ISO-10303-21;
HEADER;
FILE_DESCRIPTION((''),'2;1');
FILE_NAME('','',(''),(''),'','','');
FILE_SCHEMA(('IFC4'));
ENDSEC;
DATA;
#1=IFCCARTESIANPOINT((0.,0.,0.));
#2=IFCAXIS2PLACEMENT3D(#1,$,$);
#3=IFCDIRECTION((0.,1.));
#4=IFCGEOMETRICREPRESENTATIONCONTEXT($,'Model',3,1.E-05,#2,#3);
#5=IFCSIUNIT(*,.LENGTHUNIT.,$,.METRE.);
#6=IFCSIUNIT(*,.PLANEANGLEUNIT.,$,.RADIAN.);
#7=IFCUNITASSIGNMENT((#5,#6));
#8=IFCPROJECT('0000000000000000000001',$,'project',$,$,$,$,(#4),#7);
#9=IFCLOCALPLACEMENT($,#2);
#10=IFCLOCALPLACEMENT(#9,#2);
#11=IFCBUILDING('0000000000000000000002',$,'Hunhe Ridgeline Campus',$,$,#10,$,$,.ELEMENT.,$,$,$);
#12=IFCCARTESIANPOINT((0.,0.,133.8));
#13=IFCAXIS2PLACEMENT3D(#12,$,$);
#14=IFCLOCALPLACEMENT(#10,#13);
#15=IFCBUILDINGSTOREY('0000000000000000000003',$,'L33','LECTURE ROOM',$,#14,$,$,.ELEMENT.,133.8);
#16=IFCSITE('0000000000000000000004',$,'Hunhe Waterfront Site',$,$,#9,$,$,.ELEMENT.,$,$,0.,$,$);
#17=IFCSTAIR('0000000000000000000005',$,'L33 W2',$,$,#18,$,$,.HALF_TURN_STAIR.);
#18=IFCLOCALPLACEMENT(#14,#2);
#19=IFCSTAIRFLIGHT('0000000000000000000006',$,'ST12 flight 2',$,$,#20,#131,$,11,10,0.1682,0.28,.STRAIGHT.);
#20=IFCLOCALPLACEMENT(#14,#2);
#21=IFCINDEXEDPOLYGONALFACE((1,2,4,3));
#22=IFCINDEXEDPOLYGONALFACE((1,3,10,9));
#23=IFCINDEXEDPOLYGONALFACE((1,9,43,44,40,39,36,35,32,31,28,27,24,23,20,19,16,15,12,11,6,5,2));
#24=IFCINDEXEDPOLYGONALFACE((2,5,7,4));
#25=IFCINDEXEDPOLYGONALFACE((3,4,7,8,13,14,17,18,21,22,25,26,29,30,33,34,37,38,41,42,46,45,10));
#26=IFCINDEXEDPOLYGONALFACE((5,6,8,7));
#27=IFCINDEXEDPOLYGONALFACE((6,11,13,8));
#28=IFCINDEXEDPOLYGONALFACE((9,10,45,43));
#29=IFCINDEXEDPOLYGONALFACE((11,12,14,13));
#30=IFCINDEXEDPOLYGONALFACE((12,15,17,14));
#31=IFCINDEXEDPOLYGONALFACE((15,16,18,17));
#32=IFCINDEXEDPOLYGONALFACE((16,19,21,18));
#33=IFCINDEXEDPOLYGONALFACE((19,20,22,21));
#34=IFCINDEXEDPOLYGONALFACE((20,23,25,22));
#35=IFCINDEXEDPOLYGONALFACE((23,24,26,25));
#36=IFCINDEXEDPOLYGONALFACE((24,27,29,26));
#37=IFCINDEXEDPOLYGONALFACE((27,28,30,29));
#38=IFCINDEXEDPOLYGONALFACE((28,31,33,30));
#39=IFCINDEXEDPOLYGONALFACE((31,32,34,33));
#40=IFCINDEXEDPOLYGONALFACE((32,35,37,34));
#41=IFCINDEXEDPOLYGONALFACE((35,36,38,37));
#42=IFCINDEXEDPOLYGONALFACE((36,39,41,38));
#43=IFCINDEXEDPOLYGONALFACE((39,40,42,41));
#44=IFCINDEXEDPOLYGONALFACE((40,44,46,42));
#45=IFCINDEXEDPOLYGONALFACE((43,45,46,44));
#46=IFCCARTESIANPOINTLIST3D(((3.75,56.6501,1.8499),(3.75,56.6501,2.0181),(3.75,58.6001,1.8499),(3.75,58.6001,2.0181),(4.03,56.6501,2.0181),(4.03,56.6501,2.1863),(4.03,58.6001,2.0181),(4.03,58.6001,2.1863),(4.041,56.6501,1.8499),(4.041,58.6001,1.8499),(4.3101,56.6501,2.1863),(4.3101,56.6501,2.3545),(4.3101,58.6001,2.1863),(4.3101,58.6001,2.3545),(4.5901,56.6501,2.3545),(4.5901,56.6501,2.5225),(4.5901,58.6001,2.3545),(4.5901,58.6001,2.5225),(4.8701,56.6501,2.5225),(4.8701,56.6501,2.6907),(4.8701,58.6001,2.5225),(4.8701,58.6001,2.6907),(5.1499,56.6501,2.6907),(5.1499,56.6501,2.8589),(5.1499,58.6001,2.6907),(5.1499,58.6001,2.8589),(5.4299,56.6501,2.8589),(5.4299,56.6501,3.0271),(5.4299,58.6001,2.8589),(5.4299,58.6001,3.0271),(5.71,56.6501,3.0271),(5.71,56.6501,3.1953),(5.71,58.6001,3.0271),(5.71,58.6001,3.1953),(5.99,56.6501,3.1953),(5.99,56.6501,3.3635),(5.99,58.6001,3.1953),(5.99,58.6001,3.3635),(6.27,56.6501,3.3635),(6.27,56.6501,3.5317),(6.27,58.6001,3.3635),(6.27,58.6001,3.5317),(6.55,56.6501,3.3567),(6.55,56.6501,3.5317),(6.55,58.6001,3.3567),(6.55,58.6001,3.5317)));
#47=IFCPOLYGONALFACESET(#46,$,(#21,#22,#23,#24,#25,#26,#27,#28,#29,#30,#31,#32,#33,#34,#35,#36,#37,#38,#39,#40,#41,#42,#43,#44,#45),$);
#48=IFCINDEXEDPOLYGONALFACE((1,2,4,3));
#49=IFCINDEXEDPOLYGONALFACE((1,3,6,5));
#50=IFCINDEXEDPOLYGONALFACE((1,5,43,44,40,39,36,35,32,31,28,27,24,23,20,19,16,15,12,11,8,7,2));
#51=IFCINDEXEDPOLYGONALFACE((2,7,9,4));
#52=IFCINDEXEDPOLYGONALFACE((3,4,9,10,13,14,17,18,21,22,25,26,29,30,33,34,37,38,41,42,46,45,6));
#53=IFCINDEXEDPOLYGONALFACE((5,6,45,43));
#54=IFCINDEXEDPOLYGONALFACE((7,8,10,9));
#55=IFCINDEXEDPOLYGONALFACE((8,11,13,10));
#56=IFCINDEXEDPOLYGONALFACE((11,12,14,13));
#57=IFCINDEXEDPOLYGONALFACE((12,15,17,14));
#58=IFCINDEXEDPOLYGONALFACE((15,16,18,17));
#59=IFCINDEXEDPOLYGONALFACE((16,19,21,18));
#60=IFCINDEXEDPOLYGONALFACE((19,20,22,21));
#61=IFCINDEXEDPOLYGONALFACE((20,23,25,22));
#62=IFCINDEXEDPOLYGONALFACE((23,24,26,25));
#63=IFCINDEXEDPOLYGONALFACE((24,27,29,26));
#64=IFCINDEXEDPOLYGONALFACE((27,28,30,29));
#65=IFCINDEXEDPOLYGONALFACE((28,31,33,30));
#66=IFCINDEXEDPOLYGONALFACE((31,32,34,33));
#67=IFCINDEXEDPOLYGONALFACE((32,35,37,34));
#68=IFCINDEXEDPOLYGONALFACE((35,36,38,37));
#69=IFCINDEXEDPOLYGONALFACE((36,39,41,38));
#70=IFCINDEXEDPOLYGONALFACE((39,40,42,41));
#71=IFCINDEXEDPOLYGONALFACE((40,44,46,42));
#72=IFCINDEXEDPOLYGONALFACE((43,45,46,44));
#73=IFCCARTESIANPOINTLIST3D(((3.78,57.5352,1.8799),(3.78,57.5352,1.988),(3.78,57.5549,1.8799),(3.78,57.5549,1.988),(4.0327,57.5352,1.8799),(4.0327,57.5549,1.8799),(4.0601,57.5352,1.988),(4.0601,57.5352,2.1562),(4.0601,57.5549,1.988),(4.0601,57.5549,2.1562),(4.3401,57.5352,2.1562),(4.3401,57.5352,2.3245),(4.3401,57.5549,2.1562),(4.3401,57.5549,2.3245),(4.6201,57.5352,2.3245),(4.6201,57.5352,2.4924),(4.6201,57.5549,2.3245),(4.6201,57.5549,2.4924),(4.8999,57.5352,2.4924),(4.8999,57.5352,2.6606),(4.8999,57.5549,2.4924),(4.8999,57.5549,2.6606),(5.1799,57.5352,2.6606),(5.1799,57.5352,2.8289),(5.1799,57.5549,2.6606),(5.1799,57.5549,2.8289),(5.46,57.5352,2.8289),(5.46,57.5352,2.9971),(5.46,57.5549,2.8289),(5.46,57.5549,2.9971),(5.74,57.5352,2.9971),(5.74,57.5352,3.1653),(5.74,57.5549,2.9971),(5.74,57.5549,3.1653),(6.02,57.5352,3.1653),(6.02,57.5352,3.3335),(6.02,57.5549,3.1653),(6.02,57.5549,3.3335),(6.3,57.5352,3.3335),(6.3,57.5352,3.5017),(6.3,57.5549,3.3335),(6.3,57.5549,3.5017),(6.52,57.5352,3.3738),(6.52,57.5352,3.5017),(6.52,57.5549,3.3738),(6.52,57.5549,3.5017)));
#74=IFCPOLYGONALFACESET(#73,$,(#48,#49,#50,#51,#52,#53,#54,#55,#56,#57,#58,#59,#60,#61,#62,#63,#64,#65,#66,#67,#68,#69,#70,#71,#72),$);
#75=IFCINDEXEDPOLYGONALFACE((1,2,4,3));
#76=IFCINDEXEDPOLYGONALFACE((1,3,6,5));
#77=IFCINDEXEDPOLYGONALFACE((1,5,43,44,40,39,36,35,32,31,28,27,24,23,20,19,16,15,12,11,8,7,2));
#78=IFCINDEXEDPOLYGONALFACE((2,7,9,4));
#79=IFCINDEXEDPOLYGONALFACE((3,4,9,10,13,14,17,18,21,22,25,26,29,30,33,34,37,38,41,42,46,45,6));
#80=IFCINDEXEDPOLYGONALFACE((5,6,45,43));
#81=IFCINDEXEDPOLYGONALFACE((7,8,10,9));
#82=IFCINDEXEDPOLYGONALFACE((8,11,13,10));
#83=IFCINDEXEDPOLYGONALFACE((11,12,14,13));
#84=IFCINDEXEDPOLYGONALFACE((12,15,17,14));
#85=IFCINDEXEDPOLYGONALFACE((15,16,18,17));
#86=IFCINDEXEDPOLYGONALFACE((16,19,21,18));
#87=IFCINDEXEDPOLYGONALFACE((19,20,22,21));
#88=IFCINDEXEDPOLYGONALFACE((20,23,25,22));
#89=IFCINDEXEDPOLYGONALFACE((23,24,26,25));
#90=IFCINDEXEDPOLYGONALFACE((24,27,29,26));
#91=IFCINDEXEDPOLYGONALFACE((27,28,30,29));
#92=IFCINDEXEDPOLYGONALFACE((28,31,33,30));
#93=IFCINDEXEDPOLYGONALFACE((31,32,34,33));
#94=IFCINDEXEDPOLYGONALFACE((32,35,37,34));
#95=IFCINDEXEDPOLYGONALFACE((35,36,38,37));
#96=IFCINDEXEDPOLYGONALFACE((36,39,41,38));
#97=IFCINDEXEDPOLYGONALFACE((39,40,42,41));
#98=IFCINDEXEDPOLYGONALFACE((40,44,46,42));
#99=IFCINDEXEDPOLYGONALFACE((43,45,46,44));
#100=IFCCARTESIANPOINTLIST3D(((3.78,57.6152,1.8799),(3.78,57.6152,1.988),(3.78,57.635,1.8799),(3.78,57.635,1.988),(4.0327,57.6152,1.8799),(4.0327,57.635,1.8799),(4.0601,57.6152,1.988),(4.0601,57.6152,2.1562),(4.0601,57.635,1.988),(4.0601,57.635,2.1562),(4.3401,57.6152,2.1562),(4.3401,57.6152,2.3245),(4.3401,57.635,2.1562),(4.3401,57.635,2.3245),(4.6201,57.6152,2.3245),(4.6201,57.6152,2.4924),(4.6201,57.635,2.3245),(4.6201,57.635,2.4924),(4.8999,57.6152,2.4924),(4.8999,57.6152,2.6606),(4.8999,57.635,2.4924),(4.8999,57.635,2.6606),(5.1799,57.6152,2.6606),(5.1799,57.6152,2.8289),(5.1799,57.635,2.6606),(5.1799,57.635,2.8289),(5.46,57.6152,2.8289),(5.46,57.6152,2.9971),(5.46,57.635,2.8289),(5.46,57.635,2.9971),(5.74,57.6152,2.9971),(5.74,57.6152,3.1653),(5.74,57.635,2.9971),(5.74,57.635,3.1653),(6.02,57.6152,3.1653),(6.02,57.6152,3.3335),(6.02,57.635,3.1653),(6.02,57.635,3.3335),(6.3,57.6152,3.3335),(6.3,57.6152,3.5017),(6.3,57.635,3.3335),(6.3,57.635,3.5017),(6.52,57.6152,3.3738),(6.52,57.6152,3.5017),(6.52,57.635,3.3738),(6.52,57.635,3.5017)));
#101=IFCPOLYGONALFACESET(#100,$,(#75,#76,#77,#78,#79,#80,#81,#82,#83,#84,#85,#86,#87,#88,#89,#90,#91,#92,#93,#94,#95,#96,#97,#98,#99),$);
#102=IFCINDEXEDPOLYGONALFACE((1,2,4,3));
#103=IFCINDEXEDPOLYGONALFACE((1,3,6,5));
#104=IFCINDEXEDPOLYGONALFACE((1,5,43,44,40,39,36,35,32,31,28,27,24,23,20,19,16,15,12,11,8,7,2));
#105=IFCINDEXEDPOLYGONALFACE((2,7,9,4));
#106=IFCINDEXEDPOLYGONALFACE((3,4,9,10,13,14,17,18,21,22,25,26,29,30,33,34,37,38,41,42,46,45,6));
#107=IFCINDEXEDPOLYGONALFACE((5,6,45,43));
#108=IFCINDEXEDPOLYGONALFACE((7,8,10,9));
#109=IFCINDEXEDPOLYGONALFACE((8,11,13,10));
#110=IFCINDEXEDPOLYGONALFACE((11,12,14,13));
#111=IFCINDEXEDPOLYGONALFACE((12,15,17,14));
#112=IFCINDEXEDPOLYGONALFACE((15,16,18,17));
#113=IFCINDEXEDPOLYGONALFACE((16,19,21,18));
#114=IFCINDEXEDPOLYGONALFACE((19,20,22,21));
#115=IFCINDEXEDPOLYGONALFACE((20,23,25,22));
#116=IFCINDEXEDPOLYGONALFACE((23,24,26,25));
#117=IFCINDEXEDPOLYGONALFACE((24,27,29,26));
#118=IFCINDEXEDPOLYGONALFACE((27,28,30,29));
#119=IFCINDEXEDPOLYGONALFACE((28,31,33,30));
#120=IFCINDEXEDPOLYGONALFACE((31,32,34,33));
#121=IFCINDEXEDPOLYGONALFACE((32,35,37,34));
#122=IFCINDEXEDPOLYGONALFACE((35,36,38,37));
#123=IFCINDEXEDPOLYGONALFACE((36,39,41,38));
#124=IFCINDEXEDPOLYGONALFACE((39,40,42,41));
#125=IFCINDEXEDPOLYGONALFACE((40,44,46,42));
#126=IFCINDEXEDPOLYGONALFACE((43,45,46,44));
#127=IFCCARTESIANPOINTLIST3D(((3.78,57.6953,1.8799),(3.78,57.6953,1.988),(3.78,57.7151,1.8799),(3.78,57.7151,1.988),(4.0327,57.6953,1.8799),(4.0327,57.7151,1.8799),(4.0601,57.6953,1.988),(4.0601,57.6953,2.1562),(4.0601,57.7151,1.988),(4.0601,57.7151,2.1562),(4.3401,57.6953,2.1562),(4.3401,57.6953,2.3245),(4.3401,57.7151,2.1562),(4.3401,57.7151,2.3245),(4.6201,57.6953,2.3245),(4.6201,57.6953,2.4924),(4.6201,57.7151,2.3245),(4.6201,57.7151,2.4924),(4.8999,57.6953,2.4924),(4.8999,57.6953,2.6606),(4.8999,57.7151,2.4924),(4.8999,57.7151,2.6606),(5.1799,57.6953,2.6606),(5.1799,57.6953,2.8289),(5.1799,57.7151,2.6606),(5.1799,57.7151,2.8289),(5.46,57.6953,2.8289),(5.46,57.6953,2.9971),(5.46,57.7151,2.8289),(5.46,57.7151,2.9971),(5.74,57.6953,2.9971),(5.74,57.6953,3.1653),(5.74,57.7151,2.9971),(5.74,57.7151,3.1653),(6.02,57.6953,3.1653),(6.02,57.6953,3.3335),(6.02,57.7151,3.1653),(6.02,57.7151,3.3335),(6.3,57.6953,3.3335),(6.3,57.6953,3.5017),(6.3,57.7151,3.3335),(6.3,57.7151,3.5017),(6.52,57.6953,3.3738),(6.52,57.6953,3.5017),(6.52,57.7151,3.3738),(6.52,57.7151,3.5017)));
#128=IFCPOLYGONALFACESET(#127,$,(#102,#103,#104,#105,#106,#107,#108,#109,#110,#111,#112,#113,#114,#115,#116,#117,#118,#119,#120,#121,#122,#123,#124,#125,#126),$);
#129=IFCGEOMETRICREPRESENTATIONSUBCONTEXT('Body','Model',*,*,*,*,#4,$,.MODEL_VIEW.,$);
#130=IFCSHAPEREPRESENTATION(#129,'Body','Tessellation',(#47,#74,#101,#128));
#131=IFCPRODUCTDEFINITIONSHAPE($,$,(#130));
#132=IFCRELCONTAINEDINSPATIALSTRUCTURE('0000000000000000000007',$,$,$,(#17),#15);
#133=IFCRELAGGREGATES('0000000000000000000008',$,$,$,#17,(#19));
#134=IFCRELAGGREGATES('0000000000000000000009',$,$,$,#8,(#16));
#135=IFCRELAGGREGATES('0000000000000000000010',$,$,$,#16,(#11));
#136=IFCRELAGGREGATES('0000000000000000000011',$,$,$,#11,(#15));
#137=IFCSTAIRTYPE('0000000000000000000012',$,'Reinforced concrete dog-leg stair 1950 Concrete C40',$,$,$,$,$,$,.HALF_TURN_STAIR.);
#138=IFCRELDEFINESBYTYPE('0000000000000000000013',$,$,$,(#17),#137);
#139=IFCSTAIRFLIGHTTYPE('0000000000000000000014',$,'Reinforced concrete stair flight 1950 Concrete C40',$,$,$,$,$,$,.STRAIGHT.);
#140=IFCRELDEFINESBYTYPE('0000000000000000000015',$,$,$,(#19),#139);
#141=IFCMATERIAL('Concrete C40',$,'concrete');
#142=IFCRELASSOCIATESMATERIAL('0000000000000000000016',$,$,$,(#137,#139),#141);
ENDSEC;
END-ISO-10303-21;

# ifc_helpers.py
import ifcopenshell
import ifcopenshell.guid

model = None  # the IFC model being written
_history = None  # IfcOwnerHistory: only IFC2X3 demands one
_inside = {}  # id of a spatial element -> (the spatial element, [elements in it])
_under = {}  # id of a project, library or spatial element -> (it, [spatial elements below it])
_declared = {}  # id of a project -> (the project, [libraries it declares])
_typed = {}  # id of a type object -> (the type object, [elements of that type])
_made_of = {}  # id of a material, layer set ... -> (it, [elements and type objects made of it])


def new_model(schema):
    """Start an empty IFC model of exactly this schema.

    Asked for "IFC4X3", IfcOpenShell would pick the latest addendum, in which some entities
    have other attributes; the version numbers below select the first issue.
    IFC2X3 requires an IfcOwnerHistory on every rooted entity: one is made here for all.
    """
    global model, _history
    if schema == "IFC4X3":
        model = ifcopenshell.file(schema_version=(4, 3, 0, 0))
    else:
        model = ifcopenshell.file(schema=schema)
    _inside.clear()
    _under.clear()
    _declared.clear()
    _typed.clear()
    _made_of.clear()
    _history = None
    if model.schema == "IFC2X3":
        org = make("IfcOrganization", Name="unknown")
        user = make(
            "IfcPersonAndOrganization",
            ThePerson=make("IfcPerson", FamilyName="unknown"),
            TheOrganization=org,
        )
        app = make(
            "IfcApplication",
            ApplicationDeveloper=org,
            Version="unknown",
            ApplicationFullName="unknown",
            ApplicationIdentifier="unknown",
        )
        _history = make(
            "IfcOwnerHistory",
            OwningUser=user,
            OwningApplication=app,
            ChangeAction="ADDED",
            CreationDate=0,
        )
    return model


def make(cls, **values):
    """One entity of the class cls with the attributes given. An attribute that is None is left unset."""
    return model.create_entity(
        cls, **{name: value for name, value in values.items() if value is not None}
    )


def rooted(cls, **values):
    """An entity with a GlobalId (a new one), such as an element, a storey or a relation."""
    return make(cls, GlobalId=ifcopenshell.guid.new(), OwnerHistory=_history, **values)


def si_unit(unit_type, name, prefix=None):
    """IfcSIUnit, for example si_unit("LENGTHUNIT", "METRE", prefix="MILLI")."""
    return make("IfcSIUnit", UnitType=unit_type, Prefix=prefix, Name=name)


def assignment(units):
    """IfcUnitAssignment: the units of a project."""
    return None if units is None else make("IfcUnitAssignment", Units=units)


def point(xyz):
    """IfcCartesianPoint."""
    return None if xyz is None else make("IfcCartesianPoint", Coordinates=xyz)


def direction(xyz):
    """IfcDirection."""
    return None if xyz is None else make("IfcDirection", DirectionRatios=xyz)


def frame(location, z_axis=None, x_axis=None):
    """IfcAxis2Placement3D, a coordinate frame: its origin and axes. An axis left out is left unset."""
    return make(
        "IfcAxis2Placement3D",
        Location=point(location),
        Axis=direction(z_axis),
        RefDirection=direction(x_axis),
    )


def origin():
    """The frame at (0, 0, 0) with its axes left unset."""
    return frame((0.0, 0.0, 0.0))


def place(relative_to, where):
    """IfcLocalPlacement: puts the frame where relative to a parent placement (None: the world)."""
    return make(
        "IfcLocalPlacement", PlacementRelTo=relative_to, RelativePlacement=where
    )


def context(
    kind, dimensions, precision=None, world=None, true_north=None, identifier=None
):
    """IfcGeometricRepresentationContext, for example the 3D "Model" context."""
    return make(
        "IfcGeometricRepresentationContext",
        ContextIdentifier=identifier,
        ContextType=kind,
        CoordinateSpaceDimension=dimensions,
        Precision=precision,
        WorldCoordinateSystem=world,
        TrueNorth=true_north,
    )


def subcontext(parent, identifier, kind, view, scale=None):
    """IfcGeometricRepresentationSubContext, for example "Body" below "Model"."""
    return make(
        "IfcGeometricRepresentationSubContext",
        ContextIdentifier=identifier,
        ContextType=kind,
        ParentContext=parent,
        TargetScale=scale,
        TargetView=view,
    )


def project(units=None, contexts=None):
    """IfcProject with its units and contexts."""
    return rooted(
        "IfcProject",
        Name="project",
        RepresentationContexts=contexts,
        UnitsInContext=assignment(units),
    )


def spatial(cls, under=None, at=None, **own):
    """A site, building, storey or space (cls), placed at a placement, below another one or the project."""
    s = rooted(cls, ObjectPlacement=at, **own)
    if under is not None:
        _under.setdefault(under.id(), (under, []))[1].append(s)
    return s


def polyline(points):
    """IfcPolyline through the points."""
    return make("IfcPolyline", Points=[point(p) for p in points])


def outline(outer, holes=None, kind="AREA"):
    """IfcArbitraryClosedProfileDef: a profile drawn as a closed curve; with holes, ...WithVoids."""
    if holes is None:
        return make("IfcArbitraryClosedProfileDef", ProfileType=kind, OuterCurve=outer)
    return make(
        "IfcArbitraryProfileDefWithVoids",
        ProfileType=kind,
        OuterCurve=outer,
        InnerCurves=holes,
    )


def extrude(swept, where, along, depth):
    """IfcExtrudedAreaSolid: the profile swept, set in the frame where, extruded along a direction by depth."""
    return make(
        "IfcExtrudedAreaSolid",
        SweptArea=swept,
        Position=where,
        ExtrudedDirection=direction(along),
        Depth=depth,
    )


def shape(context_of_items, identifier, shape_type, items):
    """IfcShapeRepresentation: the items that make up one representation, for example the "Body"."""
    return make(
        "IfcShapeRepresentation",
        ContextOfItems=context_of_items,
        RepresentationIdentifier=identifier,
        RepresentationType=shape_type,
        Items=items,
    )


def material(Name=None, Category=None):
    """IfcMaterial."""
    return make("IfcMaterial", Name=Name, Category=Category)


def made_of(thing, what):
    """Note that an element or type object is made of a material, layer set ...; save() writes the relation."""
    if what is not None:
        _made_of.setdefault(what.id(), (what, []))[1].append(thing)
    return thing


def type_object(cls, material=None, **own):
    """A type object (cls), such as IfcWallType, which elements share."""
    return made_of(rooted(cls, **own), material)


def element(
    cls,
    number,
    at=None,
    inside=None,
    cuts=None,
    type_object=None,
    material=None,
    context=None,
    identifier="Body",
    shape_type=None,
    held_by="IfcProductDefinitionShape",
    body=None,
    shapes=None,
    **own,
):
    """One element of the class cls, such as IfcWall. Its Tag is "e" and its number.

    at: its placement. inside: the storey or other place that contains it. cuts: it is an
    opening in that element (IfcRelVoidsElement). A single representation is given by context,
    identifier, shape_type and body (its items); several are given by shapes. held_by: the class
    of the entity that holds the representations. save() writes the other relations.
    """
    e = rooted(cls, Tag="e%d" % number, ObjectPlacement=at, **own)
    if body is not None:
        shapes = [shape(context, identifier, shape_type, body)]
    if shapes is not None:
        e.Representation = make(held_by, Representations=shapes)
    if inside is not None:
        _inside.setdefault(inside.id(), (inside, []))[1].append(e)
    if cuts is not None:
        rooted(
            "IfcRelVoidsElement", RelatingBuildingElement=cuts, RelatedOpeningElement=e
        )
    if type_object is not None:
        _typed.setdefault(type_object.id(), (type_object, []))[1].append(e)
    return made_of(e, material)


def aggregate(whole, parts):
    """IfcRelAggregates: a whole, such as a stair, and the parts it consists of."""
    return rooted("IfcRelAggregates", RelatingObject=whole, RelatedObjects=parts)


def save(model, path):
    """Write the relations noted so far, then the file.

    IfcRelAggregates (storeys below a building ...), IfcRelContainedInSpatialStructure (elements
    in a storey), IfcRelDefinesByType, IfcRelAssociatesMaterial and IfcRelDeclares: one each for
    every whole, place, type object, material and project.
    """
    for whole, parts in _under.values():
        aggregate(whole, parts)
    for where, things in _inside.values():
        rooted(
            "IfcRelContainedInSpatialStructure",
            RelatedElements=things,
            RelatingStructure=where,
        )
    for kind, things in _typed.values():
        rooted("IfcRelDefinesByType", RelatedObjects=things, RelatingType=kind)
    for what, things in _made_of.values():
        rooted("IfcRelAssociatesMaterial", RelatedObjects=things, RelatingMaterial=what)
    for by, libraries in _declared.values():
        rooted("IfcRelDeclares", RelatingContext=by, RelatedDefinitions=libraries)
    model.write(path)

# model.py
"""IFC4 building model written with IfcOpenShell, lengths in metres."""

from ifc_helpers import new_model, si_unit, direction, frame, origin, place, context, subcontext, project, spatial, polyline, outline, extrude, material, type_object, element, aggregate, save


model = new_model("IFC4")

# Units and contexts
model_context = context("Model", 3, precision=1e-05, world=origin(), true_north=direction((0.0, 1.0)))
body_context = subcontext(model_context, "Body", "Model", "MODEL_VIEW")
ifc_project = project(units=[si_unit("LENGTHUNIT", "METRE"), si_unit("PLANEANGLEUNIT", "RADIAN")], contexts=[model_context])

# Site, building, storey
site_placement = place(None, origin())
site = spatial("IfcSite", under=ifc_project, at=site_placement, Name="Hunhe Waterfront Site", CompositionType="ELEMENT", RefElevation=0.0)
building_placement = place(site_placement, origin())
building = spatial("IfcBuilding", under=site, at=building_placement, Name="Hunhe Ridgeline Campus", CompositionType="ELEMENT")
storey_placement = place(building_placement, frame((0.0, 0.0, 133.8)))
storey = spatial("IfcBuildingStorey", under=building, at=storey_placement, Name="L33", Description="LECTURE ROOM", CompositionType="ELEMENT", Elevation=133.8)

# Stair, stair flight
ifc_material_1 = material(Name="Concrete C40", Category="concrete")
stair_type = type_object("IfcStairType", Name="Reinforced concrete dog-leg stair 1950 Concrete C40", PredefinedType="HALF_TURN_STAIR", material=ifc_material_1)
stair_flight_type = type_object("IfcStairFlightType", Name="Reinforced concrete stair flight 1950 Concrete C40", PredefinedType="STRAIGHT", material=ifc_material_1)
stair_1_placement = place(storey_placement, origin())
stair_1 = element("IfcStair", 1, at=stair_1_placement, inside=storey, type_object=stair_type, Name="L33 W2", PredefinedType="HALF_TURN_STAIR")
stair_flight_1_placement = place(storey_placement, frame((3.75, 57.625, 1.8499), z_axis=(0.0, 0.0, 1.0), x_axis=(1.0, 0.0, 0.0)))
stair_flight_1 = element("IfcStairFlight", 2, at=stair_flight_1_placement, type_object=stair_flight_type, Name="ST12 flight 2", NumberOfRisers=11, NumberOfTreads=10, PredefinedType="STRAIGHT", RiserHeight=0.1682, TreadLength=0.28, context=body_context, shape_type="SweptSolid", body=[
    extrude(outline(polyline([(0.0, 0.0), (0.0, 0.1682), (0.28, 0.1682), (0.28, 0.3364), (0.5601, 0.3364), (0.5601, 0.5046), (0.8401, 0.5046), (0.8401, 0.6726), (1.1201, 0.6726), (1.1201, 0.8408), (1.3999, 0.8408), (1.3999, 1.009), (1.6799, 1.009), (1.6799, 1.1772), (1.96, 1.1772), (1.96, 1.3455), (2.24, 1.3455), (2.24, 1.5137), (2.52, 1.5137), (2.52, 1.6819), (2.8, 1.6819), (2.8, 1.8501), (2.8, 1.5068), (0.291, 0.0), (0.0, 0.0)])), frame((0.0, 0.9751, 0.0), z_axis=(0.0, -1.0, 0.0), x_axis=(1.0, 0.0, 0.0)), (0.0, 0.0, 1.0), 1.95),
    extrude(outline(polyline([(0.03, 0.03), (0.03, 0.1382), (0.3101, 0.1382), (0.3101, 0.3064), (0.5901, 0.3064), (0.5901, 0.4746), (0.8701, 0.4746), (0.8701, 0.6426), (1.1499, 0.6426), (1.1499, 0.8108), (1.4299, 0.8108), (1.4299, 0.979), (1.71, 0.979), (1.71, 1.1472), (1.99, 1.1472), (1.99, 1.3154), (2.27, 1.3154), (2.27, 1.4836), (2.55, 1.4836), (2.55, 1.6519), (2.77, 1.6519), (2.77, 1.5239), (0.2827, 0.03), (0.03, 0.03)])), frame((0.0, -0.0701, 0.0), z_axis=(0.0, -1.0, 0.0), x_axis=(1.0, 0.0, 0.0)), (0.0, 0.0, 1.0), 0.0198),
    extrude(outline(polyline([(0.03, 0.03), (0.03, 0.1382), (0.3101, 0.1382), (0.3101, 0.3064), (0.5901, 0.3064), (0.5901, 0.4746), (0.8701, 0.4746), (0.8701, 0.6426), (1.1499, 0.6426), (1.1499, 0.8108), (1.4299, 0.8108), (1.4299, 0.979), (1.71, 0.979), (1.71, 1.1472), (1.99, 1.1472), (1.99, 1.3154), (2.27, 1.3154), (2.27, 1.4836), (2.55, 1.4836), (2.55, 1.6519), (2.77, 1.6519), (2.77, 1.5239), (0.2827, 0.03), (0.03, 0.03)])), frame((0.0, 0.01, 0.0), z_axis=(0.0, -1.0, 0.0), x_axis=(1.0, 0.0, 0.0)), (0.0, 0.0, 1.0), 0.0198),
    extrude(outline(polyline([(0.03, 0.03), (0.03, 0.1382), (0.3101, 0.1382), (0.3101, 0.3064), (0.5901, 0.3064), (0.5901, 0.4746), (0.8701, 0.4746), (0.8701, 0.6426), (1.1499, 0.6426), (1.1499, 0.8108), (1.4299, 0.8108), (1.4299, 0.979), (1.71, 0.979), (1.71, 1.1472), (1.99, 1.1472), (1.99, 1.3154), (2.27, 1.3154), (2.27, 1.4836), (2.55, 1.4836), (2.55, 1.6519), (2.77, 1.6519), (2.77, 1.5239), (0.2827, 0.03), (0.03, 0.03)])), frame((0.0, 0.0901, 0.0), z_axis=(0.0, -1.0, 0.0), x_axis=(1.0, 0.0, 0.0)), (0.0, 0.0, 1.0), 0.0198),
])
aggregate(stair_1, [stair_flight_1])

save(model, "model.ifc")
